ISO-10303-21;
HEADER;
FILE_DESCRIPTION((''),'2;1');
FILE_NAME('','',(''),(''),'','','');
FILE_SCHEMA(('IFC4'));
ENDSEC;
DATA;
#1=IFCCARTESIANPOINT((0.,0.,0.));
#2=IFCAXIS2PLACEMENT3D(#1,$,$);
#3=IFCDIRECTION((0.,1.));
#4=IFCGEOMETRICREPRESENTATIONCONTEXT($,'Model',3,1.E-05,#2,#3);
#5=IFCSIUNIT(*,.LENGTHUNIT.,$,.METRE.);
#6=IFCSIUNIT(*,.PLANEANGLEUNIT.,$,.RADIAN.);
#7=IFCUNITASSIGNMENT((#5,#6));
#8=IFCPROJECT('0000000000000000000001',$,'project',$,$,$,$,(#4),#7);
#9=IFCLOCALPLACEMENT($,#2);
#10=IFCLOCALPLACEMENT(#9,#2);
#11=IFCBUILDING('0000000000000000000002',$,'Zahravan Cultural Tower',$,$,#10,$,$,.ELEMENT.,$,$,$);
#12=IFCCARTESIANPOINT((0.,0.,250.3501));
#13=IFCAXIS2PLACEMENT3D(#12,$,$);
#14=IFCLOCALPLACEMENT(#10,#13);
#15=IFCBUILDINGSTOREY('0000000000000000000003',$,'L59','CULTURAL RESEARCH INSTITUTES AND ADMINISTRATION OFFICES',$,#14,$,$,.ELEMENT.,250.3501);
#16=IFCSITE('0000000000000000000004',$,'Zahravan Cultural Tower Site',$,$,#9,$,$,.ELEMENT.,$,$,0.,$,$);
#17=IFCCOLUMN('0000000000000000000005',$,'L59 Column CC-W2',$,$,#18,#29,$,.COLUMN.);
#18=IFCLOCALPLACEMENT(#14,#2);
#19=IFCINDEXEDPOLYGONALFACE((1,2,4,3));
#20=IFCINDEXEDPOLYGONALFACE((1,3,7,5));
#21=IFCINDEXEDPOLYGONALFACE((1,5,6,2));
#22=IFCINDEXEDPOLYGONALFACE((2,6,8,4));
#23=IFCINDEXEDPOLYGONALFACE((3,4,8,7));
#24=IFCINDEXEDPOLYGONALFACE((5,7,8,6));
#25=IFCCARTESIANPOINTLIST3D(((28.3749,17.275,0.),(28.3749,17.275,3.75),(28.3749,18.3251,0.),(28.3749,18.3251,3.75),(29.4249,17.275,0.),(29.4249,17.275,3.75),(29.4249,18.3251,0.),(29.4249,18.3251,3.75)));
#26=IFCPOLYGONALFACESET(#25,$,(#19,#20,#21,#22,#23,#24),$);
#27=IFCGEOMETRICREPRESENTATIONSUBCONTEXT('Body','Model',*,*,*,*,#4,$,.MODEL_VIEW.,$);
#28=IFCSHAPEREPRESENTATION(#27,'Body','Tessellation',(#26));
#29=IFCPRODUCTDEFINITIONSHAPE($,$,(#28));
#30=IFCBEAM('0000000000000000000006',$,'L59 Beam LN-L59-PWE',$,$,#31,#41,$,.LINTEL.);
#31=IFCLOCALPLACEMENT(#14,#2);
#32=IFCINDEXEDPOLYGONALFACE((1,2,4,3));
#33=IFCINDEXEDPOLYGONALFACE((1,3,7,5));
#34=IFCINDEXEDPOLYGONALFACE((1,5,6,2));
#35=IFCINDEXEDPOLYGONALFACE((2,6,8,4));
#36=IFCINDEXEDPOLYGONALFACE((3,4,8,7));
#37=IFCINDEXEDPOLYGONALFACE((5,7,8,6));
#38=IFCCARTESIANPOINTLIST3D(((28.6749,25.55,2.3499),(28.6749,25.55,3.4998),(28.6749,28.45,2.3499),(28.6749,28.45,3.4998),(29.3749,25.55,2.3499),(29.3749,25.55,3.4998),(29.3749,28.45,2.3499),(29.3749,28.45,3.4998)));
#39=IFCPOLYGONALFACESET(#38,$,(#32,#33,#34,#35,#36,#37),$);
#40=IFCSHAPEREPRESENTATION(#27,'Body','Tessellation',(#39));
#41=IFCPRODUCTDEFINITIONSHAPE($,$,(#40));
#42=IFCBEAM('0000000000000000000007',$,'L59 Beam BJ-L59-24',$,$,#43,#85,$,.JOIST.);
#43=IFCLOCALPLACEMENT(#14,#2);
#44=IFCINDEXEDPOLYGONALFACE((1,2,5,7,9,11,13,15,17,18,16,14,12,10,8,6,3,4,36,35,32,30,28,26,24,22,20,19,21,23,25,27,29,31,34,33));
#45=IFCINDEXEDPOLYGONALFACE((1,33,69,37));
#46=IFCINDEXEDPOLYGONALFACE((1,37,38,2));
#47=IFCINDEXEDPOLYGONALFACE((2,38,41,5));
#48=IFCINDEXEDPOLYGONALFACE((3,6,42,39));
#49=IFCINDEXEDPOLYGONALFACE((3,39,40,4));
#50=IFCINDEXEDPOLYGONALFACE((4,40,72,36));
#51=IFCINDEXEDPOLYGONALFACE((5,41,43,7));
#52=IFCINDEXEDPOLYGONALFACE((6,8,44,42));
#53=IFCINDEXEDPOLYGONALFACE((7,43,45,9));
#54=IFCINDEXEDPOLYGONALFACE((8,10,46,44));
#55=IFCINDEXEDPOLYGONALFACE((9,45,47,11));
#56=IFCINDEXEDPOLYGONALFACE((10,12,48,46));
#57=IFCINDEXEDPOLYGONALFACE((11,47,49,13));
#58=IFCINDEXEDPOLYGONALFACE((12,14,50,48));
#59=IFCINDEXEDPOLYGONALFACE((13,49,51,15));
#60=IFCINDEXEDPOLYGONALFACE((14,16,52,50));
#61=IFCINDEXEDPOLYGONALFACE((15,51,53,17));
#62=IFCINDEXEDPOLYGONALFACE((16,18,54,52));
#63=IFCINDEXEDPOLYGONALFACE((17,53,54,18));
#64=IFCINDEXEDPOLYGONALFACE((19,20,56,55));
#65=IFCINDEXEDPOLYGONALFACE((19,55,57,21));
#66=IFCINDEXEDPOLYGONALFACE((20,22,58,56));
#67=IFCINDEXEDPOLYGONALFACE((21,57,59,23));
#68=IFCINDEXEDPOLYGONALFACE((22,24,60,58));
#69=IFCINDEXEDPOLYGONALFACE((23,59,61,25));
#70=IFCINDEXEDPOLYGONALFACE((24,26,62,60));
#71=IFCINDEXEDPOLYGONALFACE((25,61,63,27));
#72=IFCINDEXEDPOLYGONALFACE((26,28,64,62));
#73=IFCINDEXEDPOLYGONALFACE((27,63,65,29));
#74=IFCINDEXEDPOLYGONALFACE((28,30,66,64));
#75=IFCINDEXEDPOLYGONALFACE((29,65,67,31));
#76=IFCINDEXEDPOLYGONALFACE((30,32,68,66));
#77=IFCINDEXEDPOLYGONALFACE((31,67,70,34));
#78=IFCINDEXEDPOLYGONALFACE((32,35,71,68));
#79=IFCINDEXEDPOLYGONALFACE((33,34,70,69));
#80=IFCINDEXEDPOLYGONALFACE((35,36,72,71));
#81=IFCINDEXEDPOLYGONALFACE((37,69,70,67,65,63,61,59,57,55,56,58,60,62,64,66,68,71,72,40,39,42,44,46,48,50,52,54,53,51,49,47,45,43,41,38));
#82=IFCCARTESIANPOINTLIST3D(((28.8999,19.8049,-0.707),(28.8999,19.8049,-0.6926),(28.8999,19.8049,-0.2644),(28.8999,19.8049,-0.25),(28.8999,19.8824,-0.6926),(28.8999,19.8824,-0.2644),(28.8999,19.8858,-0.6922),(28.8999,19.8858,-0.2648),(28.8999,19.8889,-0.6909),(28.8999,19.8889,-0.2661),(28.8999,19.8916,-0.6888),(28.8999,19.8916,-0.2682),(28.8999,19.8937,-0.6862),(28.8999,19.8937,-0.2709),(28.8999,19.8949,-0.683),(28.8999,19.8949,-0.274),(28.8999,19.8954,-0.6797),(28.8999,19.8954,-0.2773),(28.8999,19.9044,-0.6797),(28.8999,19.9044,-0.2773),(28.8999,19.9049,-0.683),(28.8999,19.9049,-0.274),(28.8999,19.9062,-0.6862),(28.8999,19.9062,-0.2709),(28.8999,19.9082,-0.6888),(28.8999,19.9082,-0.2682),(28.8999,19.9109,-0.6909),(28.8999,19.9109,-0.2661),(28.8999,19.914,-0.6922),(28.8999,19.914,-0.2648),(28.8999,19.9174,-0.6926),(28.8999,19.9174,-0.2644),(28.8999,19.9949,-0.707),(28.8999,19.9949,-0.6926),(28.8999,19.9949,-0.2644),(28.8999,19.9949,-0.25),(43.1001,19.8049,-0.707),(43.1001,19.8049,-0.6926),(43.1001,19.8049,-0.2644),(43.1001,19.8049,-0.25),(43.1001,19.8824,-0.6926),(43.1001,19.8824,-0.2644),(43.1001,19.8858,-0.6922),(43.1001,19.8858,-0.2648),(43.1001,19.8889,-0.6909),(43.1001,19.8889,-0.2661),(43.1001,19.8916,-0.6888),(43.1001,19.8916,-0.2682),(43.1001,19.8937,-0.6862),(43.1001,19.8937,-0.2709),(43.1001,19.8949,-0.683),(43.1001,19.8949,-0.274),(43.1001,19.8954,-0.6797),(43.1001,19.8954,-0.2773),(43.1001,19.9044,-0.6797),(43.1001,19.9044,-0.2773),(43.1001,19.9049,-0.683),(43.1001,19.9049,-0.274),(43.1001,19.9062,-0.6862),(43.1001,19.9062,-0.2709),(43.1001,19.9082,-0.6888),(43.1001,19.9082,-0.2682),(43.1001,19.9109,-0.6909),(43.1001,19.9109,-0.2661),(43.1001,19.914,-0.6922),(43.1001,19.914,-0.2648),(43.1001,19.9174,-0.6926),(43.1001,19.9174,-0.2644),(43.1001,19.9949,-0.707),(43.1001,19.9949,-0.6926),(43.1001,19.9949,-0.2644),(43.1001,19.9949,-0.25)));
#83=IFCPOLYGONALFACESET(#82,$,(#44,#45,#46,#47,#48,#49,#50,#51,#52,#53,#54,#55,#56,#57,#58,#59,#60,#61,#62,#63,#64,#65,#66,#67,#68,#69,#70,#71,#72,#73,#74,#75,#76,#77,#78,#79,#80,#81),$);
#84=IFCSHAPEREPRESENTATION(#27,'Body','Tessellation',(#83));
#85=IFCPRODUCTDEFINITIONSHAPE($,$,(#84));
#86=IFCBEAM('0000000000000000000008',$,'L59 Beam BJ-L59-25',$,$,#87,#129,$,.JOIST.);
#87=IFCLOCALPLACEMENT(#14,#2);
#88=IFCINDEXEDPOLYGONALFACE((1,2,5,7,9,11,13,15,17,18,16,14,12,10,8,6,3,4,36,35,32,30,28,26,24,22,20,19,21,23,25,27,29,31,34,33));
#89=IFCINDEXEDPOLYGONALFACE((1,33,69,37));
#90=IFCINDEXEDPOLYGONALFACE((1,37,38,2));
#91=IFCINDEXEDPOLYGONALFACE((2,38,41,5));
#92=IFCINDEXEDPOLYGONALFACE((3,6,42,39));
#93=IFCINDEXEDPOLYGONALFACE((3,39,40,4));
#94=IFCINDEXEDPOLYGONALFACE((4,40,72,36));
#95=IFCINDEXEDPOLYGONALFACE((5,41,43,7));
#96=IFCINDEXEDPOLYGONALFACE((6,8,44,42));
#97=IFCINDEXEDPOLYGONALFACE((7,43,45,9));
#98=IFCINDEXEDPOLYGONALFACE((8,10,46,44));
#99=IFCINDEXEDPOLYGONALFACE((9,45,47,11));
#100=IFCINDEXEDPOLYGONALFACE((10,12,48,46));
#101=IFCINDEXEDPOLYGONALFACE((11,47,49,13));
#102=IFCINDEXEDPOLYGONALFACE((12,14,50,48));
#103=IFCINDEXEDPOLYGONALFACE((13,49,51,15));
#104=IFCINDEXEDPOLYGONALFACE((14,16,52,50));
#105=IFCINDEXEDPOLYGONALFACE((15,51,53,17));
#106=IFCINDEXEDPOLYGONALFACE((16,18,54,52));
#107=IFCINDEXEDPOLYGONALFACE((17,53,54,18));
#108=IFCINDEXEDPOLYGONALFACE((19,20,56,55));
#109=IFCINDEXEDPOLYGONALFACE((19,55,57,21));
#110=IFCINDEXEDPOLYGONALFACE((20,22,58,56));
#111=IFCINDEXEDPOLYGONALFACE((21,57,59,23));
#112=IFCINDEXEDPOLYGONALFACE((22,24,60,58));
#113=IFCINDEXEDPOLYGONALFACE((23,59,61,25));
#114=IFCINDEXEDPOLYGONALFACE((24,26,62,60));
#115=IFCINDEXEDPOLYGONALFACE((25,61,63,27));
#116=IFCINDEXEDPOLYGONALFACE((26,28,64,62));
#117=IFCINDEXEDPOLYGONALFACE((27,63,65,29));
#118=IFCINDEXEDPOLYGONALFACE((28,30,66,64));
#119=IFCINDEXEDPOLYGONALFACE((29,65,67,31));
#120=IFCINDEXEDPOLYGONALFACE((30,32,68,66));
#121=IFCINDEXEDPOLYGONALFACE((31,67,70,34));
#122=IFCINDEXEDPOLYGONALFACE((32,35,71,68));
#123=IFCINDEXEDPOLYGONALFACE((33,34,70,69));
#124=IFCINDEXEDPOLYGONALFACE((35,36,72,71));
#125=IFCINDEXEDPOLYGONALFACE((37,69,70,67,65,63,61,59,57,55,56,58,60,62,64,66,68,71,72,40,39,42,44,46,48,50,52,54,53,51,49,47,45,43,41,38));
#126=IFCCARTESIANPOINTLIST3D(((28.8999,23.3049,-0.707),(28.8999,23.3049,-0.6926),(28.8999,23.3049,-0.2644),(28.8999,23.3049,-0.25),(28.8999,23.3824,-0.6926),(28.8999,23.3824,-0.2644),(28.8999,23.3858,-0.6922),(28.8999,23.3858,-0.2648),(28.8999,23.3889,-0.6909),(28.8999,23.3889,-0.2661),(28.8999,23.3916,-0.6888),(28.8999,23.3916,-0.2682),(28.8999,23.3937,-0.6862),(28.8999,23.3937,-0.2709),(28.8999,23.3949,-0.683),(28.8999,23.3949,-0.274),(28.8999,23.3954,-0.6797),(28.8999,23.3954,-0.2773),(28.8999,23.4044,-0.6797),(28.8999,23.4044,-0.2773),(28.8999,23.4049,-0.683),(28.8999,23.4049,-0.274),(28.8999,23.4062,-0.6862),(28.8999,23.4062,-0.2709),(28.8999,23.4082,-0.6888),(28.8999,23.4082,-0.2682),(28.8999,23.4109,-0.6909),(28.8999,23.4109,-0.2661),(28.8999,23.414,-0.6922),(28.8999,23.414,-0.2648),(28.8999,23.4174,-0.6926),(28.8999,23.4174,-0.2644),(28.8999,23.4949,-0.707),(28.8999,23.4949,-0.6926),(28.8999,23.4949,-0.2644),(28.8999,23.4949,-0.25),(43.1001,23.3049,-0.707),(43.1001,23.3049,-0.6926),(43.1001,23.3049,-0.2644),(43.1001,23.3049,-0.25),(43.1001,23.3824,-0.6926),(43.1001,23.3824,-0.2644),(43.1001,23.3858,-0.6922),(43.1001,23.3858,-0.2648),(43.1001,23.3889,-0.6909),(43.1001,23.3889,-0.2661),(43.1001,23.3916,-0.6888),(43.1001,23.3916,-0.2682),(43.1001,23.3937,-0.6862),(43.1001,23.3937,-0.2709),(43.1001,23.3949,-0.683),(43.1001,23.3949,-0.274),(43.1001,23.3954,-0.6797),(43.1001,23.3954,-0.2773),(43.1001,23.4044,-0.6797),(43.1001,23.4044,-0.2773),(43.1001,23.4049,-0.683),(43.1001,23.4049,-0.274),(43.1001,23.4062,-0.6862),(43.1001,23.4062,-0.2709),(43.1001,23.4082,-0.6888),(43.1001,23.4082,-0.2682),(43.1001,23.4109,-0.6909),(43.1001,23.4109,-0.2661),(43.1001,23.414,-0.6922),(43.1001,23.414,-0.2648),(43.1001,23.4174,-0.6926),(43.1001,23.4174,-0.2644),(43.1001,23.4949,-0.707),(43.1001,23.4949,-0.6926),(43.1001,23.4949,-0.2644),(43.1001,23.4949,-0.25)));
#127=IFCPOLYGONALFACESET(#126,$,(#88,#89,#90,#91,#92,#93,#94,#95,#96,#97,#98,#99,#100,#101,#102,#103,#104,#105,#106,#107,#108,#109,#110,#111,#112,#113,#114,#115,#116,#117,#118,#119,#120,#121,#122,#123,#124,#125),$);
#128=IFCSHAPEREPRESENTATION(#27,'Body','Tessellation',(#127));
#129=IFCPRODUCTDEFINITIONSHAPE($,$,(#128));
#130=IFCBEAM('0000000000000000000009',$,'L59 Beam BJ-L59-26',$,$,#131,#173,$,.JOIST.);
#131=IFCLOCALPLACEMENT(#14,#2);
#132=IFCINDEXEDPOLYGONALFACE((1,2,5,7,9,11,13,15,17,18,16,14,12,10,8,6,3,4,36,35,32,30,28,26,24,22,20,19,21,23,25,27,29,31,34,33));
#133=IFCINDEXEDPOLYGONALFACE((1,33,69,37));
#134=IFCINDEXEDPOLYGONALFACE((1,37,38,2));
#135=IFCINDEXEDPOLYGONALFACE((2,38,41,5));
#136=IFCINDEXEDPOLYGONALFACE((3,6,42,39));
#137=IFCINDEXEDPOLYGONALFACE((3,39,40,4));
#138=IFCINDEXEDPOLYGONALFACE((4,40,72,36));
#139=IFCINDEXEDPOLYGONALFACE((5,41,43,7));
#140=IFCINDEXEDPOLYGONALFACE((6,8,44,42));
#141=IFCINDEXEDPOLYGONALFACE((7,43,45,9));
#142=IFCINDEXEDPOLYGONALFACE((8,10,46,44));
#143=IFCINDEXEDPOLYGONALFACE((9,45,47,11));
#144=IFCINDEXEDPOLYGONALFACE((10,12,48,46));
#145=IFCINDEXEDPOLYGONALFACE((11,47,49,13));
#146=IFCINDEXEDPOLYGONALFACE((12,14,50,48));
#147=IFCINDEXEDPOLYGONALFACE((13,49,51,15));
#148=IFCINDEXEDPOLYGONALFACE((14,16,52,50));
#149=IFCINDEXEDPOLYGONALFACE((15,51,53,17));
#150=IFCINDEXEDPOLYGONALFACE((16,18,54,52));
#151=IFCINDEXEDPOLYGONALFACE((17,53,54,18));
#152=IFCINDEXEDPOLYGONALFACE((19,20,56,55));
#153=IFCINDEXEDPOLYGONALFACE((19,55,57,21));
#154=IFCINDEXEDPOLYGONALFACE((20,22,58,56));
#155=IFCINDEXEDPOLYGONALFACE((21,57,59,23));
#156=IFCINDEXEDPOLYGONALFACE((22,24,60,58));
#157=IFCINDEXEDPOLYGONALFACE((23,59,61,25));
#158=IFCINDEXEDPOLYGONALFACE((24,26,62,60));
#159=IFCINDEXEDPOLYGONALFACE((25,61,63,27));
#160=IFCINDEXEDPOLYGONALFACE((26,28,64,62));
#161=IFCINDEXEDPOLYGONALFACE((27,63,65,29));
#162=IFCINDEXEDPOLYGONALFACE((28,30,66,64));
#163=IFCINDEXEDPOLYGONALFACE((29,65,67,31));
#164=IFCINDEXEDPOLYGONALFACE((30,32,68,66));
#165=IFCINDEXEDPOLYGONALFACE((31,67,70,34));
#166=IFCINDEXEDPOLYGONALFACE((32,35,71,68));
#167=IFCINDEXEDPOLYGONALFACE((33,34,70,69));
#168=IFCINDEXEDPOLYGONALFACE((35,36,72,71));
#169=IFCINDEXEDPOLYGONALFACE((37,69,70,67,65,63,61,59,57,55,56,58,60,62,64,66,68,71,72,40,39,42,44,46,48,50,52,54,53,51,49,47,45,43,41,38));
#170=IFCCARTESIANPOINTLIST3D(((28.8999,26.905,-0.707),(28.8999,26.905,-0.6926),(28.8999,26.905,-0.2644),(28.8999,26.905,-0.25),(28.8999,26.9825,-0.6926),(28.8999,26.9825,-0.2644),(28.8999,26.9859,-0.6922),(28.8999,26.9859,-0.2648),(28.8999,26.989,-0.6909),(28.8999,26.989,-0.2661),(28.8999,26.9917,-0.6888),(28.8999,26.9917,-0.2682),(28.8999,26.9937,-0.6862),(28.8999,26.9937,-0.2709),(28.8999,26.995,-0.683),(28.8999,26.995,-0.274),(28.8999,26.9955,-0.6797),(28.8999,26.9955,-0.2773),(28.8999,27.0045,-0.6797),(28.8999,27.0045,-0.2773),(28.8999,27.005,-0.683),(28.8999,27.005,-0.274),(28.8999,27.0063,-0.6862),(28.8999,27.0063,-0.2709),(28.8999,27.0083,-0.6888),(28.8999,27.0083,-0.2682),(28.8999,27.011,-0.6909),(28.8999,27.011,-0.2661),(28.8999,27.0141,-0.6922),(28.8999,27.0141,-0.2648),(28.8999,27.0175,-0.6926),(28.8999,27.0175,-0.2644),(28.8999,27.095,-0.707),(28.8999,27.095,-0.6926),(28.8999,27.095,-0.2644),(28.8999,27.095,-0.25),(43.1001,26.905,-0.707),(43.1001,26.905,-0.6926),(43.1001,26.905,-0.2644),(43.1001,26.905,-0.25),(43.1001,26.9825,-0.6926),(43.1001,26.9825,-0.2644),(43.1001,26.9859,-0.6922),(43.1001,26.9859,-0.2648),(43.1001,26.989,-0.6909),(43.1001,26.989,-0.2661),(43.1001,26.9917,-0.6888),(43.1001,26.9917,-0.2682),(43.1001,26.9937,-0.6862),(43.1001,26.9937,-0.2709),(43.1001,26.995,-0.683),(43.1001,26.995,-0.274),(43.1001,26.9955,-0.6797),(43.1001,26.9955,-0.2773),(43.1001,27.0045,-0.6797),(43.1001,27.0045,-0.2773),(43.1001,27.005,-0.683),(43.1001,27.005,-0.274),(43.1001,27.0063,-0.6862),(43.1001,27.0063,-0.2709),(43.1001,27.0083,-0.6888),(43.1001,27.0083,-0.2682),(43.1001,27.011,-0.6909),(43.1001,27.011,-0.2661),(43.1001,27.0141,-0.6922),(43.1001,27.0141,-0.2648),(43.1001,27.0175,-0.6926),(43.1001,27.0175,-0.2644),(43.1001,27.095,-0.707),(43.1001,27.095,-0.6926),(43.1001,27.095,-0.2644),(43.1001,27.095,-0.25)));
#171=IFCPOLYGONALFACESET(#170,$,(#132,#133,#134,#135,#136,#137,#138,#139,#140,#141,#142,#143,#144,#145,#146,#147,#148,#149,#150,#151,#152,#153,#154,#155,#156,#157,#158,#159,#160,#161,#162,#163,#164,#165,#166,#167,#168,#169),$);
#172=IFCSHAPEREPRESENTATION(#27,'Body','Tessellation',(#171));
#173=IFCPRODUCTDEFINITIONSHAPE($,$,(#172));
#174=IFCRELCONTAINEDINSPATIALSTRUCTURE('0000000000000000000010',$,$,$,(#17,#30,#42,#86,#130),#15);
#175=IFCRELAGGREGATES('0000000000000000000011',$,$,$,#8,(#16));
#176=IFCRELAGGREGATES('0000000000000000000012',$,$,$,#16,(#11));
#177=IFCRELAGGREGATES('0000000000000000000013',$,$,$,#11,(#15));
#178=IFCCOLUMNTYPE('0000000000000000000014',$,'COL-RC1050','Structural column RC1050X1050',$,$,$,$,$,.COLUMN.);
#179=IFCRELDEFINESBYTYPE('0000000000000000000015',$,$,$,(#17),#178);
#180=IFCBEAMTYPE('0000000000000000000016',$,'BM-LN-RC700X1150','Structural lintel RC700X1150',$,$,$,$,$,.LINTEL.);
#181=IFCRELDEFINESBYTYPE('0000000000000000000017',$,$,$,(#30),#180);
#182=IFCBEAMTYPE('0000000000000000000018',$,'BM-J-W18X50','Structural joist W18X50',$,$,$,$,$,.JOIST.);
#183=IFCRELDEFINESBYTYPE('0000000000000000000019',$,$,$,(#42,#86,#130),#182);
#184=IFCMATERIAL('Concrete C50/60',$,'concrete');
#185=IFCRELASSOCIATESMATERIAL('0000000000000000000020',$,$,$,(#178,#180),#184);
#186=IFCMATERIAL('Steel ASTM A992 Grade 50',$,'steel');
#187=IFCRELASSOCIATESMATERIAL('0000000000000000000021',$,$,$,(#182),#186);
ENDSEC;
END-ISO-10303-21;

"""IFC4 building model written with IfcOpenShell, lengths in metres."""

from ifc_helpers import new_model, si_unit, direction, frame, origin, origin_2d, place, context, subcontext, project, spatial, rectangle, i_section, extrude, source, transform, mapped, material, material_profile, profile_set, type_object, element, save


model = new_model("IFC4")

# Units and contexts
model_context = context("Model", 3, precision=1e-05, world=origin(), true_north=direction((0.0, 1.0)))
body_context = subcontext(model_context, "Body", "Model", "MODEL_VIEW")
ifc_project = project(units=[si_unit("LENGTHUNIT", "METRE"), si_unit("PLANEANGLEUNIT", "RADIAN")], contexts=[model_context])

# Site, building, storey
site_placement = place(None, origin())
site = spatial("IfcSite", under=ifc_project, at=site_placement, Name="Zahravan Cultural Tower Site", CompositionType="ELEMENT", RefElevation=0.0)
building_placement = place(site_placement, origin())
building = spatial("IfcBuilding", under=site, at=building_placement, Name="Zahravan Cultural Tower", CompositionType="ELEMENT")
storey_placement = place(building_placement, frame((0.0, 0.0, 250.3501)))
storey = spatial("IfcBuildingStorey", under=building, at=storey_placement, Name="L59", Description="CULTURAL RESEARCH INSTITUTES AND ADMINISTRATION OFFICES", CompositionType="ELEMENT", Elevation=250.3501)

# Column
ifc_material_1 = material(Name="Concrete C50/60", Category="concrete")
ifc_material_profile_1 = material_profile(ifc_material_1, rectangle(XDim=1.05, YDim=1.05, at=origin_2d()), Name="RC1050X1050")
ifc_profile_set_1 = profile_set([ifc_material_profile_1], Name="Concrete C50/60")
column_type = type_object("IfcColumnType", Name="COL-RC1050", Description="Structural column RC1050X1050", PredefinedType="COLUMN", material=ifc_profile_set_1)
shared_shape_1 = source(origin(), body_context, "Body", "SweptSolid", [
    extrude(rectangle(XDim=1.05, YDim=1.05, at=origin_2d()), origin(), (0.0, 0.0, 1.0), 3.75),
])
column_placement = place(storey_placement, frame((28.8999, 17.8, 0.0), z_axis=(0.0, 0.0, 1.0), x_axis=(1.0, 0.0, 0.0)))
element("IfcColumn", 1, at=column_placement, inside=storey, type_object=column_type, Name="L59 Column CC-W2", PredefinedType="COLUMN", context=body_context, shape_type="MappedRepresentation", body=[
    mapped(shared_shape_1, transform((0.0, 0.0, 0.0), x_axis=(1.0, 0.0, 0.0), y_axis=(0.0, 1.0, 0.0), z_axis=(0.0, 0.0, 1.0), scale=1.0)),
])

# Beams
ifc_material_profile_2 = material_profile(ifc_material_1, rectangle(XDim=0.7, YDim=1.1499, at=origin_2d()), Name="RC700X1150")
ifc_profile_set_2 = profile_set([ifc_material_profile_2], Name="Concrete C50/60")
beam_type_1 = type_object("IfcBeamType", Name="BM-LN-RC700X1150", Description="Structural lintel RC700X1150", PredefinedType="LINTEL", material=ifc_profile_set_2)
shared_shape_2 = source(origin(), body_context, "Body", "SweptSolid", [
    extrude(rectangle(XDim=0.7, YDim=1.1499, at=origin_2d()), origin(), (0.0, 0.0, 1.0), 2.8999),
])
beam_1_placement = place(storey_placement, frame((29.0249, 25.55, 2.9248), z_axis=(0.0, 1.0, 0.0), x_axis=(-1.0, 0.0, 0.0)))
element("IfcBeam", 2, at=beam_1_placement, inside=storey, type_object=beam_type_1, Name="L59 Beam LN-L59-PWE", PredefinedType="LINTEL", context=body_context, shape_type="MappedRepresentation", body=[
    mapped(shared_shape_2, transform((0.0, 0.0, 0.0), x_axis=(1.0, 0.0, 0.0), y_axis=(0.0, 1.0, 0.0), z_axis=(0.0, 0.0, 1.0), scale=1.0)),
])
ifc_material_2 = material(Name="Steel ASTM A992 Grade 50", Category="steel")
ifc_material_profile_3 = material_profile(ifc_material_2, i_section(OverallWidth=0.1899, OverallDepth=0.457, WebThickness=0.009, FlangeThickness=0.0144, FilletRadius=0.0129, at=origin_2d()), Name="W18X50")
ifc_profile_set_3 = profile_set([ifc_material_profile_3], Name="Steel ASTM A992 Grade 50")
beam_type_2 = type_object("IfcBeamType", Name="BM-J-W18X50", Description="Structural joist W18X50", PredefinedType="JOIST", material=ifc_profile_set_3)
shared_shape_3 = source(origin(), body_context, "Body", "SweptSolid", [
    extrude(i_section(OverallWidth=0.1899, OverallDepth=0.457, WebThickness=0.009, FlangeThickness=0.0144, FilletRadius=0.0129, at=origin_2d()), origin(), (0.0, 0.0, 1.0), 14.2002),
])
for number, where, z_axis, x_axis, name in (
    (3, (28.8999, 19.8999, -0.4785), (1.0, 0.0, 0.0), (0.0, 1.0, 0.0), "L59 Beam BJ-L59-24"),
    (4, (28.8999, 23.3999, -0.4785), (1.0, 0.0, 0.0), (0.0, 1.0, 0.0), "L59 Beam BJ-L59-25"),
    (5, (28.8999, 27.0, -0.4785), (1.0, 0.0, 0.0), (0.0, 1.0, 0.0), "L59 Beam BJ-L59-26"),
):
    element("IfcBeam", number, at=place(storey_placement, frame(where, z_axis=z_axis, x_axis=x_axis)), inside=storey, type_object=beam_type_2, Name=name, PredefinedType="JOIST", context=body_context, shape_type="MappedRepresentation", body=[
        mapped(shared_shape_3, transform((0.0, 0.0, 0.0), x_axis=(1.0, 0.0, 0.0), y_axis=(0.0, 1.0, 0.0), z_axis=(0.0, 0.0, 1.0), scale=1.0)),
    ])

save(model, "model.ifc")
